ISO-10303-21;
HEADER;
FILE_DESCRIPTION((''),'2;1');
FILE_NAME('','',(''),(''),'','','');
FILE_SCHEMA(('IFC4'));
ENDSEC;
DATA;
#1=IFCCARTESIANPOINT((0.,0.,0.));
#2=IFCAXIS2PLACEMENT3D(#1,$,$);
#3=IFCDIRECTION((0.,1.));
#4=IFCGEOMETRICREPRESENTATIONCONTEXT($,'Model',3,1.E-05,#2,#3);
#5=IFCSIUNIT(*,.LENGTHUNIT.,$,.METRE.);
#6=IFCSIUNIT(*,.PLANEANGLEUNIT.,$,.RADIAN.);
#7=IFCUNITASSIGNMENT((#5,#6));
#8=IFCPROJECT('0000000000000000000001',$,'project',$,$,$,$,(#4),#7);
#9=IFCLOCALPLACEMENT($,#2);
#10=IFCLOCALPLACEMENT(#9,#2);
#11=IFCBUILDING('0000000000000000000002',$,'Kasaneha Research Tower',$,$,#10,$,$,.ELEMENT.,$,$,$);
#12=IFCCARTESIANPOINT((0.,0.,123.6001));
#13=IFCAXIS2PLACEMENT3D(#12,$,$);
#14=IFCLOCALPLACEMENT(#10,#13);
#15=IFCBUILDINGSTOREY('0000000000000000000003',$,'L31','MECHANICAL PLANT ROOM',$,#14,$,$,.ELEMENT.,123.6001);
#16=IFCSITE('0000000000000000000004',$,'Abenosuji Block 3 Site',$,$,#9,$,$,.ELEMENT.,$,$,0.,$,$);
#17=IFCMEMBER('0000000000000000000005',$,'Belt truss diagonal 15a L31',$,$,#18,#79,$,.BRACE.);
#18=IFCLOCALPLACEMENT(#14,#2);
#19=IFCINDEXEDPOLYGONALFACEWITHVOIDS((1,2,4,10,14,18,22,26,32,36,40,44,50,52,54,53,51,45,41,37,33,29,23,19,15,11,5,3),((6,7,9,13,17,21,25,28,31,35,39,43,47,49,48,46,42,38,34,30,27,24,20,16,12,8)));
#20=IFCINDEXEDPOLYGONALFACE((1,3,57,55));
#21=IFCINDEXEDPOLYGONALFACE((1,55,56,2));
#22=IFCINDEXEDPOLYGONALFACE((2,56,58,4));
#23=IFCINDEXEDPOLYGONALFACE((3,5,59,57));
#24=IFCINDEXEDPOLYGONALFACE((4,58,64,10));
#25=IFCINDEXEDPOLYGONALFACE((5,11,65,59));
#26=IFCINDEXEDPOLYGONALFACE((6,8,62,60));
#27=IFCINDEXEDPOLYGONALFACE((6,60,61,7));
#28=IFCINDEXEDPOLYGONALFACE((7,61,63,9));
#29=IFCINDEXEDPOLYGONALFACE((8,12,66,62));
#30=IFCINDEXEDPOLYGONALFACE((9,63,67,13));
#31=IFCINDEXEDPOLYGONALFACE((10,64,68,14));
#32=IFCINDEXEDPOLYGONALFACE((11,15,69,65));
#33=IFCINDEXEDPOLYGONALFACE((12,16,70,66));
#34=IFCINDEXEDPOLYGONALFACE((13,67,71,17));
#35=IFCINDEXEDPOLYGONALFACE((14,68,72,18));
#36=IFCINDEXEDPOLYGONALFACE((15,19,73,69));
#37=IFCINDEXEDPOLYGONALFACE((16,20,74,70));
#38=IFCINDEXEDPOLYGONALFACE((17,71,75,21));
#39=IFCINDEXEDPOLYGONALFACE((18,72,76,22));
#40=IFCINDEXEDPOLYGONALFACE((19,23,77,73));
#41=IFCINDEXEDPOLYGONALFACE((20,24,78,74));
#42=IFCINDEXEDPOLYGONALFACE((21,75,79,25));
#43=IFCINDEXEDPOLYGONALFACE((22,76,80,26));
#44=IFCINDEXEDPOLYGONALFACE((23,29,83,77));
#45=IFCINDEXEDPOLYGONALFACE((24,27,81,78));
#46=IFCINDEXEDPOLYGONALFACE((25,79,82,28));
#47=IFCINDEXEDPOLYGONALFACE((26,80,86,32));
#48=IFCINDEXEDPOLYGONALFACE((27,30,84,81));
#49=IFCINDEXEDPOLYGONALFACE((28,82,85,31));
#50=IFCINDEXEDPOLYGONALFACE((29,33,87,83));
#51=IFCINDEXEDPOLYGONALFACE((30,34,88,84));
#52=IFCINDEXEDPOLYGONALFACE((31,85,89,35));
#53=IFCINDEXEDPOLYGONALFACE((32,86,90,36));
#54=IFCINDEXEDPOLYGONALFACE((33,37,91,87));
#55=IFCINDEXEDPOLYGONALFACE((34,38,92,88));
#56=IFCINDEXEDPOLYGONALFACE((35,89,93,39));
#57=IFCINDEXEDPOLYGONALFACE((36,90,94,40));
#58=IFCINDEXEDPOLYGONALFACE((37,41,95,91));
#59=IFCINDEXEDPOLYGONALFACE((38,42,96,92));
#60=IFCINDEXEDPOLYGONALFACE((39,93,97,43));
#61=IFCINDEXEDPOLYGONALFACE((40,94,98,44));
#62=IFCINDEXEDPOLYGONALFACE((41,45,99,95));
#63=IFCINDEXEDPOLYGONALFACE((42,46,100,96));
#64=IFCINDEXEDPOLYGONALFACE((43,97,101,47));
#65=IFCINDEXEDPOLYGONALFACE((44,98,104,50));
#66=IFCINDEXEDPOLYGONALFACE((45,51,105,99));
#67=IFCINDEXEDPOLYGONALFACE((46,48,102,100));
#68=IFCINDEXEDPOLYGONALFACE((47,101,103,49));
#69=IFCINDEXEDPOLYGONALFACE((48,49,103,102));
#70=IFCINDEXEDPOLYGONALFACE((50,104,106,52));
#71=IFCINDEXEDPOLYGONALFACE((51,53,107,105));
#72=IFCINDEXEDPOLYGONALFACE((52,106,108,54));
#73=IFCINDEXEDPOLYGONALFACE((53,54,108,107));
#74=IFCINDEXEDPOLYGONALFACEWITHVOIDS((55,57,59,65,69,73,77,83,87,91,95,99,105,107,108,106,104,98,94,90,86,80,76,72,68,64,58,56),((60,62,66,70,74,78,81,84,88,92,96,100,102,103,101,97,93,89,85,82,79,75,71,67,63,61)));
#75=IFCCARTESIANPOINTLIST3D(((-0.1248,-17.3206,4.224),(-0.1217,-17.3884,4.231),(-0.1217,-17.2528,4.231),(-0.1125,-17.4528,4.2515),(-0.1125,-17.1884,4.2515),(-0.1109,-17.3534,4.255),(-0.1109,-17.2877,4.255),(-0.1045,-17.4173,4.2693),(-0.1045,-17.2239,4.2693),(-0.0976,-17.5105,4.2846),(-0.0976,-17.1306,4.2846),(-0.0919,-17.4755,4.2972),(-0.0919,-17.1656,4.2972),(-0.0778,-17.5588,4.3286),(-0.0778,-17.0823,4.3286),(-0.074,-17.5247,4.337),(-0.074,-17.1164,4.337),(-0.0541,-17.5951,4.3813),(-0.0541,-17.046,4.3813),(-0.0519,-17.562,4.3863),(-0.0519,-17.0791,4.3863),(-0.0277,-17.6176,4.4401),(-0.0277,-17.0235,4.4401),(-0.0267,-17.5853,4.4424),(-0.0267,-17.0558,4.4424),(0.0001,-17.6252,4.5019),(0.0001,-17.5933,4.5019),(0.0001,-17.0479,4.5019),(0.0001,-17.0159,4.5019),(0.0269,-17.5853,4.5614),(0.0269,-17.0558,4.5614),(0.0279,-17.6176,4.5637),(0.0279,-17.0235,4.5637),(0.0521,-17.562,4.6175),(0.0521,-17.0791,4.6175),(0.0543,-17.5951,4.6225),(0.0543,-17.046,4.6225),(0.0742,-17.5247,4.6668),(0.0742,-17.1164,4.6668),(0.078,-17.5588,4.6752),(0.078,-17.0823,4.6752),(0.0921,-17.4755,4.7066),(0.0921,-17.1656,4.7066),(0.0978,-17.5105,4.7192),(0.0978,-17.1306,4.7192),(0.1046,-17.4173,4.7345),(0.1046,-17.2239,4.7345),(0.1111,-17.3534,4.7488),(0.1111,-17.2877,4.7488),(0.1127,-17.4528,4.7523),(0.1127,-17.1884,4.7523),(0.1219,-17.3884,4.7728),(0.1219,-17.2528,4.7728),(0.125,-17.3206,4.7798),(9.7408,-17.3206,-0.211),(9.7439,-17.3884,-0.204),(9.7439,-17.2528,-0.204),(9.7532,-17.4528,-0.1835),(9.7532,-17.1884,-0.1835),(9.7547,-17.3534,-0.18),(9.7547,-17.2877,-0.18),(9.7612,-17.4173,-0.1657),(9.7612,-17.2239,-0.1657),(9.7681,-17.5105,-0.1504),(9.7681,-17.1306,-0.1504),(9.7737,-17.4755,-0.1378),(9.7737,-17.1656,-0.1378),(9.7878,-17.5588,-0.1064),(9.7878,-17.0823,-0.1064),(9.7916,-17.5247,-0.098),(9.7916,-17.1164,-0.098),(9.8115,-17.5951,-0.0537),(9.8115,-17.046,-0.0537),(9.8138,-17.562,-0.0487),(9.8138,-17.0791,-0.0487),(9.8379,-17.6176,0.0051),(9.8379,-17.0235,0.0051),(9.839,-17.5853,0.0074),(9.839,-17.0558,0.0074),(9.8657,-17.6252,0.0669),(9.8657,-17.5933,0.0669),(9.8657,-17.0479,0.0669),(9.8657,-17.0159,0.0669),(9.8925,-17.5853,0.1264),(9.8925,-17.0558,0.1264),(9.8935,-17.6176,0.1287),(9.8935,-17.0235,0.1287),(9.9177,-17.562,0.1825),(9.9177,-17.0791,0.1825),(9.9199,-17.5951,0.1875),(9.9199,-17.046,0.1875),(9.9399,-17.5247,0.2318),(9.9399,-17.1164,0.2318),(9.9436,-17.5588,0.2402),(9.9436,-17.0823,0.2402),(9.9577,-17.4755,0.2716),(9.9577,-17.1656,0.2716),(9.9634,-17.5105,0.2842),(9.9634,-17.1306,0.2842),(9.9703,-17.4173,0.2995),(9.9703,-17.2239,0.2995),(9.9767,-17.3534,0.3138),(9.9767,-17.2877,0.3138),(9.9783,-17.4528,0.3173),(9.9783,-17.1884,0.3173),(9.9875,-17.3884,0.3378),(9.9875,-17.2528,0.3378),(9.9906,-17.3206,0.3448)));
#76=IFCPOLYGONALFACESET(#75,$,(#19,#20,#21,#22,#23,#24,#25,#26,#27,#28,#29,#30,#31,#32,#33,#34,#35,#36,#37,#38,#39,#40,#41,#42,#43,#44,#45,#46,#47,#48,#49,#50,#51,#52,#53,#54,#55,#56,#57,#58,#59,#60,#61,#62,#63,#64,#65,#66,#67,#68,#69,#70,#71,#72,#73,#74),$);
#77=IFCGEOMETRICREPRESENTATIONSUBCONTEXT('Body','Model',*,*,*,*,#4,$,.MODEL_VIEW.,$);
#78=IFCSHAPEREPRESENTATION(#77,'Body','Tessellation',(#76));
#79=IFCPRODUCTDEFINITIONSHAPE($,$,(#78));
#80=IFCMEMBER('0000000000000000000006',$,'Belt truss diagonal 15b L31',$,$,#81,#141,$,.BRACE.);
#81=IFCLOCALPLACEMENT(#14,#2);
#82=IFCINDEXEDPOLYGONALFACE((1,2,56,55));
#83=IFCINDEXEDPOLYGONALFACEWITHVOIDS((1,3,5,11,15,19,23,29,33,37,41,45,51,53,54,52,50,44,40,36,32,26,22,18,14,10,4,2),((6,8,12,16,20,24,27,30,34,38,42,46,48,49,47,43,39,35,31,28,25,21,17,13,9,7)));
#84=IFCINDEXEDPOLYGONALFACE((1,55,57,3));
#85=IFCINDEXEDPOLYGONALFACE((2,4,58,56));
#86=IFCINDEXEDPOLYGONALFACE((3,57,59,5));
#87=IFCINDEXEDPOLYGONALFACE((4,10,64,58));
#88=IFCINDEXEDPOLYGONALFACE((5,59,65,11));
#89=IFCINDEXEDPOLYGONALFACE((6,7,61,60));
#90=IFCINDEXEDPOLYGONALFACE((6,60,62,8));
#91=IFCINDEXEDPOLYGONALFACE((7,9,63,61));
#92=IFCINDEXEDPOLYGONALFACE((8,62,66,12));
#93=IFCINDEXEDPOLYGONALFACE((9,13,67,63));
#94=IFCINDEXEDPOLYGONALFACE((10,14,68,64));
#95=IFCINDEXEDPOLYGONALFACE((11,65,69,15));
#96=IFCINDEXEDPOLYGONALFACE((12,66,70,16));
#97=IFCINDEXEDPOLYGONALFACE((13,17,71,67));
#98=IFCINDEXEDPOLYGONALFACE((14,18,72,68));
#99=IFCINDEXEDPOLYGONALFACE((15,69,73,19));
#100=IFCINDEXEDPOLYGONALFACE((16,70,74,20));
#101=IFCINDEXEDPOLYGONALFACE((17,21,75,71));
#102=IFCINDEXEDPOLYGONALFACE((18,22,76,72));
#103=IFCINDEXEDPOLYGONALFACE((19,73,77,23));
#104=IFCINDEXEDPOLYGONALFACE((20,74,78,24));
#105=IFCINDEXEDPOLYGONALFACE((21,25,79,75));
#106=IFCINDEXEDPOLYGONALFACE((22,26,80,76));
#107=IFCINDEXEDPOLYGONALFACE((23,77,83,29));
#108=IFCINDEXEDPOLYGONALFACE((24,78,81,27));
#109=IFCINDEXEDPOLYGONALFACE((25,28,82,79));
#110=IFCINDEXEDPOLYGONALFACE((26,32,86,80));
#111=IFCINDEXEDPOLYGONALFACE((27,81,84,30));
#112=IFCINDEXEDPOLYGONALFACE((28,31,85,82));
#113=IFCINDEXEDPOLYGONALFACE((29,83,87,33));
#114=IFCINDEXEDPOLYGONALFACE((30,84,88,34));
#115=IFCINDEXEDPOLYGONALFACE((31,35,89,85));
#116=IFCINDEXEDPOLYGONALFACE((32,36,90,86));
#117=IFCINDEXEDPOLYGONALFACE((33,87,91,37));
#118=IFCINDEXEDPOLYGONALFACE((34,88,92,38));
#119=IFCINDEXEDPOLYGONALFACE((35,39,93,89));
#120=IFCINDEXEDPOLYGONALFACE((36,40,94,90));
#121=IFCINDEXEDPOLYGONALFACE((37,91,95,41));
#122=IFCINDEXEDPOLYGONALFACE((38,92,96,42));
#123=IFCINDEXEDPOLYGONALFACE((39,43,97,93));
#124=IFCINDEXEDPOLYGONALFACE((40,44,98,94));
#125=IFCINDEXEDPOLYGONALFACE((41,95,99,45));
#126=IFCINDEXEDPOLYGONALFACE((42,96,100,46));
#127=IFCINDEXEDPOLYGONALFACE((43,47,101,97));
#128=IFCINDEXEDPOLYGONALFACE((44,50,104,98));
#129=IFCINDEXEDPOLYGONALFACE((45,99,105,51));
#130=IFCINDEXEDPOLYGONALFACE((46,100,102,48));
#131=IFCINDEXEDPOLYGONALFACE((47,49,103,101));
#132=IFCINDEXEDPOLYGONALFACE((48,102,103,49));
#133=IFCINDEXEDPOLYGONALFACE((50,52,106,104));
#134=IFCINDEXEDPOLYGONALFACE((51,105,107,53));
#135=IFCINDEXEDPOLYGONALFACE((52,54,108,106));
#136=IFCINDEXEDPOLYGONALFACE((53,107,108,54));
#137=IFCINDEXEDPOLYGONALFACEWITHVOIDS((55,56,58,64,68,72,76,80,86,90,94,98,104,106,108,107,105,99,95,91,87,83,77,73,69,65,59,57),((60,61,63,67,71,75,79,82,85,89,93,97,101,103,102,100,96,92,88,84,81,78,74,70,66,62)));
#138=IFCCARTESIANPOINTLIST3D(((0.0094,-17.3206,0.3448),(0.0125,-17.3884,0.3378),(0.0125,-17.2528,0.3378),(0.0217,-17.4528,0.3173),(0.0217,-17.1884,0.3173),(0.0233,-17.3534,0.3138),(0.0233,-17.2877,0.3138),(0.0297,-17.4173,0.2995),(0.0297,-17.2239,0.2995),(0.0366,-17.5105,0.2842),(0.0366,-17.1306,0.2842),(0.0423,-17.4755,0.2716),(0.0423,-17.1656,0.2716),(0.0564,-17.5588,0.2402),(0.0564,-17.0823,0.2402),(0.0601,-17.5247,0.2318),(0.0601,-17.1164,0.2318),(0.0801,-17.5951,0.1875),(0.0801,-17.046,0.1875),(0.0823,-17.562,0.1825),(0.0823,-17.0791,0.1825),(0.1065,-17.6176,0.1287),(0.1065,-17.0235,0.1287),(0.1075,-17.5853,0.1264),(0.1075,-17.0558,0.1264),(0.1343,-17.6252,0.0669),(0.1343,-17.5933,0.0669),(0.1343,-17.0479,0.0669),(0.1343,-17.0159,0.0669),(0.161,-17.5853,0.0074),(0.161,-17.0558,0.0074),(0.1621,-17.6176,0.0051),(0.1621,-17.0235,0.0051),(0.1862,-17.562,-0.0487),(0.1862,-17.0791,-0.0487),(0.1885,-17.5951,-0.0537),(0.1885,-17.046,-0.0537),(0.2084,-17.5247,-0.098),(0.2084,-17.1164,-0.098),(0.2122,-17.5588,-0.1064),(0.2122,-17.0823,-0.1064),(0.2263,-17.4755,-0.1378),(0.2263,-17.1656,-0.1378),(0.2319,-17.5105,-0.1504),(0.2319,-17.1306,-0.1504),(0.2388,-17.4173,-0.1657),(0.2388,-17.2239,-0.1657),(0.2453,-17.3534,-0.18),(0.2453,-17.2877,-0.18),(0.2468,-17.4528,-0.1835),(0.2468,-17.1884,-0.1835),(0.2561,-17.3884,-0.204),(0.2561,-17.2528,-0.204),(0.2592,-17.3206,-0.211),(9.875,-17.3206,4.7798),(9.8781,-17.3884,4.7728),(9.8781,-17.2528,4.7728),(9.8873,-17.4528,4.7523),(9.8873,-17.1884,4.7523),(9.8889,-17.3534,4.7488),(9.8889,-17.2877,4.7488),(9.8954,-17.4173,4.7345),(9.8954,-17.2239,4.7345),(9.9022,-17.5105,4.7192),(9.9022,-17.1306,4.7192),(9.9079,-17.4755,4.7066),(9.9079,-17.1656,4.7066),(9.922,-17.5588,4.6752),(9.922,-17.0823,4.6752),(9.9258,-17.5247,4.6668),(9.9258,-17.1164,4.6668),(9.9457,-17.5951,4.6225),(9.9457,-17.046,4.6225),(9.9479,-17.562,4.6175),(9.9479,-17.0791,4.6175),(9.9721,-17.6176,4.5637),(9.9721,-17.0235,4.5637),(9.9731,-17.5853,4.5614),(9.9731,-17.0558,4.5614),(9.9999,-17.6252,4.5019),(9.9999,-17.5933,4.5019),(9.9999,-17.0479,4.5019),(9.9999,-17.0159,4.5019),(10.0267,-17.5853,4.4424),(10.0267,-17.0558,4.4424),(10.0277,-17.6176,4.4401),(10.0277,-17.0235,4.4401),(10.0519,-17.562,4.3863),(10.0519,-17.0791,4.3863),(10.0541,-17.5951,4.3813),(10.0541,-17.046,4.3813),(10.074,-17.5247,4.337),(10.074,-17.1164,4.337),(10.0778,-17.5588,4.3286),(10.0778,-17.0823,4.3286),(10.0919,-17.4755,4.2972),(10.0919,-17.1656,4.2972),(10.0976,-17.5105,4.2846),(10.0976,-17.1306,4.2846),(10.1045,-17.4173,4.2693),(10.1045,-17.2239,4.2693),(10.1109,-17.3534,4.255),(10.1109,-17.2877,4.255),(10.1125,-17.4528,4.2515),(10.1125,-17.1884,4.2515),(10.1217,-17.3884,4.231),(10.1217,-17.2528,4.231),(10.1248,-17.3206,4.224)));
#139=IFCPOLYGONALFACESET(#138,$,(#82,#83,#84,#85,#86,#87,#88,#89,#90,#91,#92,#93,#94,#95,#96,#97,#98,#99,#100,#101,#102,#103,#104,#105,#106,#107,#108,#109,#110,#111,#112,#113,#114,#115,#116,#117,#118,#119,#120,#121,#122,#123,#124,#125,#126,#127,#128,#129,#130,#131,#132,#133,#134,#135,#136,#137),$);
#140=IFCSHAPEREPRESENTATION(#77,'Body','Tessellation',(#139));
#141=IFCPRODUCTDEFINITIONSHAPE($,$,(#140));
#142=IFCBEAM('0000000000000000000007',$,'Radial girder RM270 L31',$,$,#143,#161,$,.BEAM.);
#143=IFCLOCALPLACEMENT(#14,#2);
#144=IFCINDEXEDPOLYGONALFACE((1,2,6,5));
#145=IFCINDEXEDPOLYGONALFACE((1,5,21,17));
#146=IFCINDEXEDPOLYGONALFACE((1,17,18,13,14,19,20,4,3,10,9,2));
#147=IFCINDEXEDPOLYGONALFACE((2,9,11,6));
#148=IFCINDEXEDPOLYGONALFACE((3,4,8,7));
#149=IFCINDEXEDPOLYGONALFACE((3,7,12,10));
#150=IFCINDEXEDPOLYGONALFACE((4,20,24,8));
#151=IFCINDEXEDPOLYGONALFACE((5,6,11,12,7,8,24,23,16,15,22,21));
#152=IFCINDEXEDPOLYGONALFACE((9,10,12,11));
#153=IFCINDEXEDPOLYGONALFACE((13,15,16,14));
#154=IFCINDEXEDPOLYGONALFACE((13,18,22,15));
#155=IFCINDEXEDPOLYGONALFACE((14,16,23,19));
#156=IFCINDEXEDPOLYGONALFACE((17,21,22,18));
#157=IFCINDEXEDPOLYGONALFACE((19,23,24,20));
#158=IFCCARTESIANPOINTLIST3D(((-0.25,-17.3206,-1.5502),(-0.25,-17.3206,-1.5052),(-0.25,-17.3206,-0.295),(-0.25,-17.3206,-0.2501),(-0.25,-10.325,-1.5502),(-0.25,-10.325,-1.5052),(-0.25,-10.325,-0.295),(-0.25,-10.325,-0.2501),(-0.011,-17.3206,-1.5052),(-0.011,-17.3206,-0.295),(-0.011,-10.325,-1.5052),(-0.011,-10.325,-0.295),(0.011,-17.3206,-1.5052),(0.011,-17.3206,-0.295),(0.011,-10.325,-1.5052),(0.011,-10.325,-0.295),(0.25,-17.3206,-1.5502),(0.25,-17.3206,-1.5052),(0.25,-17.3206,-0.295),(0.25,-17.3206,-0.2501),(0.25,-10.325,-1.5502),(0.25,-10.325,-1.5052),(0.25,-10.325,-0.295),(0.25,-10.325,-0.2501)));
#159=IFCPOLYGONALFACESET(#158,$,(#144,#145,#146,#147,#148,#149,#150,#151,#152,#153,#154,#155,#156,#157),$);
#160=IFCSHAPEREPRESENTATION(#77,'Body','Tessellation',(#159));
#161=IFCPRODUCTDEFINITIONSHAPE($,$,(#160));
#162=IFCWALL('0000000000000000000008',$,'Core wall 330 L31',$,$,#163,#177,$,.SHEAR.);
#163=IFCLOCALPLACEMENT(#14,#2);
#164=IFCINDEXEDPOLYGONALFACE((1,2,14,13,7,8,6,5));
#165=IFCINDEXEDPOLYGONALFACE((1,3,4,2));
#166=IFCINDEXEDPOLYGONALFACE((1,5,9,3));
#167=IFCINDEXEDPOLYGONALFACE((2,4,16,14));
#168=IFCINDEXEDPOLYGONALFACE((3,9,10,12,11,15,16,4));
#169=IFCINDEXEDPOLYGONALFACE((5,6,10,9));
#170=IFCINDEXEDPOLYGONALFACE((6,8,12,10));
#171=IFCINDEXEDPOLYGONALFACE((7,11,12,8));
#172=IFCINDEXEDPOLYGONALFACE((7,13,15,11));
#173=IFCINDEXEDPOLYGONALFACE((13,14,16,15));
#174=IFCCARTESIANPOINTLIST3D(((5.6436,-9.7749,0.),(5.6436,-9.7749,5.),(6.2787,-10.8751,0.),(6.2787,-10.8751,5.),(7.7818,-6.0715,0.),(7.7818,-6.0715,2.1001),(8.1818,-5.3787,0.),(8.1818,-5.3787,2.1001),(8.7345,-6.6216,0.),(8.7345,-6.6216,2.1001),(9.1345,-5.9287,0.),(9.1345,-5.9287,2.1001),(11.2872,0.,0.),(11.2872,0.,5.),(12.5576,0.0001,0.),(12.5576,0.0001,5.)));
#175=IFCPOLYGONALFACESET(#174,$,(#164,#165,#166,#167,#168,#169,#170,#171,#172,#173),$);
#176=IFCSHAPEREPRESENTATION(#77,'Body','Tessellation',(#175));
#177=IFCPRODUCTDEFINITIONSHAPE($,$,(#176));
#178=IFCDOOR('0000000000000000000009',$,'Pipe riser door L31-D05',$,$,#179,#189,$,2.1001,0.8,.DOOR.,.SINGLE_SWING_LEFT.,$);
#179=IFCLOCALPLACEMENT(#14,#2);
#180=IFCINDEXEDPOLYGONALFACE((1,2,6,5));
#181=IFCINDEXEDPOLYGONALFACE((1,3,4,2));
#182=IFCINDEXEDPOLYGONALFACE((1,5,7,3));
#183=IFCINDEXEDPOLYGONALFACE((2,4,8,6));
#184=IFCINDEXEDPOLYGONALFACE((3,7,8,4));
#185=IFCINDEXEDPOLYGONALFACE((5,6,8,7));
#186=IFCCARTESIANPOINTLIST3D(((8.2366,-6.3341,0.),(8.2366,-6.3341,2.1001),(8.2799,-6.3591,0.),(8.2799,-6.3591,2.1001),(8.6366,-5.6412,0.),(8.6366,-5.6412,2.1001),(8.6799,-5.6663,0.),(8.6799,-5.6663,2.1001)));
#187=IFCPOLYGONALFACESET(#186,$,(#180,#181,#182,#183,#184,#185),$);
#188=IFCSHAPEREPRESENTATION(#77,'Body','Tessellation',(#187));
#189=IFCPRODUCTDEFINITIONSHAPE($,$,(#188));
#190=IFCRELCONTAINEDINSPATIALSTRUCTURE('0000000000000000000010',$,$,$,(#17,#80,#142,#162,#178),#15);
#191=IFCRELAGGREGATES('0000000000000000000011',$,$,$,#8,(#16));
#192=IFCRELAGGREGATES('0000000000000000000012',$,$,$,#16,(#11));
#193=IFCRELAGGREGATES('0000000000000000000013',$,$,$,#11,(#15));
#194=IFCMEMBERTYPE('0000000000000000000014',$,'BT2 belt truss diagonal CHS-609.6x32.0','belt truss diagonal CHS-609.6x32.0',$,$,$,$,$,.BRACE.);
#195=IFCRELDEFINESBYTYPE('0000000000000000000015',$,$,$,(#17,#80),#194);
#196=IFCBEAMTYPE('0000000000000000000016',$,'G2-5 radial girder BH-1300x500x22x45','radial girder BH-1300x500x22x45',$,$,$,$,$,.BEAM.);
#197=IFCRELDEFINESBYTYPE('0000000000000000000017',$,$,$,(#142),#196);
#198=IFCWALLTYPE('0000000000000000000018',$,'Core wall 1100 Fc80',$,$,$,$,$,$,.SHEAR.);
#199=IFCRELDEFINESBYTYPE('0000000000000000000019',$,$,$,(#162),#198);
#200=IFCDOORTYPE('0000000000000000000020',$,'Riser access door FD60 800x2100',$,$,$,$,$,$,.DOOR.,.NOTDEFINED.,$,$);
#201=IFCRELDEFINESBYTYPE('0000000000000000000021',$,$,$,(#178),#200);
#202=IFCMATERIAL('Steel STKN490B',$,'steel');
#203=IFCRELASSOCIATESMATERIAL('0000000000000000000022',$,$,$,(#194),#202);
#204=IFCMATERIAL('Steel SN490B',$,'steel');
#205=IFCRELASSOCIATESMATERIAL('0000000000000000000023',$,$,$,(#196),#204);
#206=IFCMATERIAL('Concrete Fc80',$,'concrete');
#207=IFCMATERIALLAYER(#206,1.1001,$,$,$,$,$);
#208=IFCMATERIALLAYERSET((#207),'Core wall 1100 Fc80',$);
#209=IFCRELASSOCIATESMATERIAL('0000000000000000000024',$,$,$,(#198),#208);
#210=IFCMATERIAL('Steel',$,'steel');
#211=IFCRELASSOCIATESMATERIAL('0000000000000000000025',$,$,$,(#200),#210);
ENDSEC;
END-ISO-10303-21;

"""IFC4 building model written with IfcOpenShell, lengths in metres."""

from ifc_helpers import new_model, si_unit, direction, frame, frame_2d, origin, origin_2d, place, context, subcontext, project, spatial, polyline, rectangle, hollow_circle, i_section, outline, extrude, material, layer, layer_set, material_profile, profile_set, type_object, element, fill, save


model = new_model("IFC4")

# Units and contexts
model_context = context("Model", 3, precision=1e-05, world=origin(), true_north=direction((0.0, 1.0)))
body_context = subcontext(model_context, "Body", "Model", "MODEL_VIEW")
ifc_project = project(units=[si_unit("LENGTHUNIT", "METRE"), si_unit("PLANEANGLEUNIT", "RADIAN")], contexts=[model_context])

# Site, building, storey
site_placement = place(None, origin())
site = spatial("IfcSite", under=ifc_project, at=site_placement, Name="Abenosuji Block 3 Site", CompositionType="ELEMENT", RefElevation=0.0)
building_placement = place(site_placement, origin())
building = spatial("IfcBuilding", under=site, at=building_placement, Name="Kasaneha Research Tower", CompositionType="ELEMENT")
storey_placement = place(building_placement, frame((0.0, 0.0, 123.6001)))
storey = spatial("IfcBuildingStorey", under=building, at=storey_placement, Name="L31", Description="MECHANICAL PLANT ROOM", CompositionType="ELEMENT", Elevation=123.6001)

# Members
ifc_material_1 = material(Name="Steel STKN490B", Category="steel")
ifc_material_profile_1 = material_profile(ifc_material_1, hollow_circle(Radius=0.3047, WallThickness=0.032, at=origin_2d()), Name="CHS-609.6x32.0")
ifc_profile_set_1 = profile_set([ifc_material_profile_1], Name="Steel STKN490B")
member_type = type_object("IfcMemberType", Name="BT2 belt truss diagonal CHS-609.6x32.0", Description="belt truss diagonal CHS-609.6x32.0", PredefinedType="BRACE", material=ifc_profile_set_1)
for number, where, z_axis, x_axis, name in (
    (1, (9.8657, -17.3206, 0.0669), (-0.912078, 0.0, 0.410017), (0.0, -1.0, 0.0), "Belt truss diagonal 15a L31"),
    (2, (0.1343, -17.3206, 0.0669), (0.912078, 0.0, 0.410017), (0.0, 1.0, 0.0), "Belt truss diagonal 15b L31"),
):
    element("IfcMember", number, at=place(storey_placement, frame(where, z_axis=z_axis, x_axis=x_axis)), inside=storey, type_object=member_type, Name=name, PredefinedType="BRACE", context=body_context, shape_type="SweptSolid", body=[
        extrude(hollow_circle(Radius=0.3047, WallThickness=0.032, at=origin_2d()), origin(), (0.0, 0.0, 1.0), 10.8167),
    ])

# Beam
ifc_material_2 = material(Name="Steel SN490B", Category="steel")
ifc_material_profile_2 = material_profile(ifc_material_2, i_section(OverallWidth=0.5, OverallDepth=1.3, WebThickness=0.022, FlangeThickness=0.0449, at=origin_2d()), Name="BH-1300x500x22x45")
ifc_profile_set_2 = profile_set([ifc_material_profile_2], Name="Steel SN490B")
beam_type_1 = type_object("IfcBeamType", Name="G2-5 radial girder BH-1300x500x22x45", Description="radial girder BH-1300x500x22x45", PredefinedType="BEAM", material=ifc_profile_set_2)
beam_1_placement = place(storey_placement, frame((0.0, -10.325, -0.9001), z_axis=(0.0, -1.0, 0.0), x_axis=(1.0, 0.0, 0.0)))
element("IfcBeam", 3, at=beam_1_placement, inside=storey, type_object=beam_type_1, Name="Radial girder RM270 L31", PredefinedType="BEAM", context=body_context, shape_type="SweptSolid", body=[
    extrude(i_section(OverallWidth=0.5, OverallDepth=1.3, WebThickness=0.022, FlangeThickness=0.0449, at=origin_2d()), origin(), (0.0, 0.0, 1.0), 6.9956),
])

# Wall, opening, door
ifc_material_3 = material(Name="Concrete Fc80", Category="concrete")
ifc_layer_1 = layer(ifc_material_3, 1.1001)
ifc_layer_set_1 = layer_set([ifc_layer_1], Name="Core wall 1100 Fc80")
wall_type_1 = type_object("IfcWallType", Name="Core wall 1100 Fc80", PredefinedType="SHEAR", material=ifc_layer_set_1)
wall_1_placement = place(storey_placement, frame((5.9612, -10.325, 0.0), z_axis=(0.0, 0.0, 1.0), x_axis=(0.500004, 0.866023, 0.0)))
wall_1 = element("IfcWall", 4, at=wall_1_placement, inside=storey, type_object=wall_type_1, Name="Core wall 330 L31", PredefinedType="SHEAR", context=body_context, shape_type="SweptSolid", body=[
    extrude(outline(polyline([(-0.3176, -0.55), (4.594, -0.55), (5.394, -0.55), (12.24, -0.55), (11.6047, 0.55), (5.394, 0.55), (4.594, 0.55), (0.3176, 0.55), (-0.3176, -0.55)])), origin(), (0.0, 0.0, 1.0), 5.0),
])
opening_placement = place(wall_1_placement, frame((4.594, 0.0, 0.0)))
opening = element("IfcOpeningElement", 5, at=opening_placement, cuts=wall_1, PredefinedType="OPENING", context=body_context, shape_type="SweptSolid", body=[
    extrude(rectangle(XDim=0.8, YDim=2.1001, at=frame_2d((0.3999, 1.05))), frame((0.0, 0.5601, 0.0), z_axis=(0.0, -1.0, 0.0), x_axis=(1.0, 0.0, 0.0)), (0.0, 0.0, 1.0), 1.1201),
])
ifc_material_4 = material(Name="Steel", Category="steel")
door_type = type_object("IfcDoorType", Name="Riser access door FD60 800x2100", OperationType="NOTDEFINED", PredefinedType="DOOR", material=ifc_material_4)
door_placement = place(opening_placement, origin())
door = element("IfcDoor", 6, at=door_placement, inside=storey, type_object=door_type, Name="Pipe riser door L31-D05", OperationType="SINGLE_SWING_LEFT", OverallHeight=2.1001, OverallWidth=0.8, PredefinedType="DOOR", context=body_context, shape_type="SweptSolid", body=[
    extrude(rectangle(XDim=0.8, YDim=2.1001, at=frame_2d((0.3999, 1.05))), frame((0.0, 0.0249, 0.0), z_axis=(0.0, -1.0, 0.0), x_axis=(1.0, 0.0, 0.0)), (0.0, 0.0, 1.0), 0.05),
])
fill(opening, door)

save(model, "model.ifc")
